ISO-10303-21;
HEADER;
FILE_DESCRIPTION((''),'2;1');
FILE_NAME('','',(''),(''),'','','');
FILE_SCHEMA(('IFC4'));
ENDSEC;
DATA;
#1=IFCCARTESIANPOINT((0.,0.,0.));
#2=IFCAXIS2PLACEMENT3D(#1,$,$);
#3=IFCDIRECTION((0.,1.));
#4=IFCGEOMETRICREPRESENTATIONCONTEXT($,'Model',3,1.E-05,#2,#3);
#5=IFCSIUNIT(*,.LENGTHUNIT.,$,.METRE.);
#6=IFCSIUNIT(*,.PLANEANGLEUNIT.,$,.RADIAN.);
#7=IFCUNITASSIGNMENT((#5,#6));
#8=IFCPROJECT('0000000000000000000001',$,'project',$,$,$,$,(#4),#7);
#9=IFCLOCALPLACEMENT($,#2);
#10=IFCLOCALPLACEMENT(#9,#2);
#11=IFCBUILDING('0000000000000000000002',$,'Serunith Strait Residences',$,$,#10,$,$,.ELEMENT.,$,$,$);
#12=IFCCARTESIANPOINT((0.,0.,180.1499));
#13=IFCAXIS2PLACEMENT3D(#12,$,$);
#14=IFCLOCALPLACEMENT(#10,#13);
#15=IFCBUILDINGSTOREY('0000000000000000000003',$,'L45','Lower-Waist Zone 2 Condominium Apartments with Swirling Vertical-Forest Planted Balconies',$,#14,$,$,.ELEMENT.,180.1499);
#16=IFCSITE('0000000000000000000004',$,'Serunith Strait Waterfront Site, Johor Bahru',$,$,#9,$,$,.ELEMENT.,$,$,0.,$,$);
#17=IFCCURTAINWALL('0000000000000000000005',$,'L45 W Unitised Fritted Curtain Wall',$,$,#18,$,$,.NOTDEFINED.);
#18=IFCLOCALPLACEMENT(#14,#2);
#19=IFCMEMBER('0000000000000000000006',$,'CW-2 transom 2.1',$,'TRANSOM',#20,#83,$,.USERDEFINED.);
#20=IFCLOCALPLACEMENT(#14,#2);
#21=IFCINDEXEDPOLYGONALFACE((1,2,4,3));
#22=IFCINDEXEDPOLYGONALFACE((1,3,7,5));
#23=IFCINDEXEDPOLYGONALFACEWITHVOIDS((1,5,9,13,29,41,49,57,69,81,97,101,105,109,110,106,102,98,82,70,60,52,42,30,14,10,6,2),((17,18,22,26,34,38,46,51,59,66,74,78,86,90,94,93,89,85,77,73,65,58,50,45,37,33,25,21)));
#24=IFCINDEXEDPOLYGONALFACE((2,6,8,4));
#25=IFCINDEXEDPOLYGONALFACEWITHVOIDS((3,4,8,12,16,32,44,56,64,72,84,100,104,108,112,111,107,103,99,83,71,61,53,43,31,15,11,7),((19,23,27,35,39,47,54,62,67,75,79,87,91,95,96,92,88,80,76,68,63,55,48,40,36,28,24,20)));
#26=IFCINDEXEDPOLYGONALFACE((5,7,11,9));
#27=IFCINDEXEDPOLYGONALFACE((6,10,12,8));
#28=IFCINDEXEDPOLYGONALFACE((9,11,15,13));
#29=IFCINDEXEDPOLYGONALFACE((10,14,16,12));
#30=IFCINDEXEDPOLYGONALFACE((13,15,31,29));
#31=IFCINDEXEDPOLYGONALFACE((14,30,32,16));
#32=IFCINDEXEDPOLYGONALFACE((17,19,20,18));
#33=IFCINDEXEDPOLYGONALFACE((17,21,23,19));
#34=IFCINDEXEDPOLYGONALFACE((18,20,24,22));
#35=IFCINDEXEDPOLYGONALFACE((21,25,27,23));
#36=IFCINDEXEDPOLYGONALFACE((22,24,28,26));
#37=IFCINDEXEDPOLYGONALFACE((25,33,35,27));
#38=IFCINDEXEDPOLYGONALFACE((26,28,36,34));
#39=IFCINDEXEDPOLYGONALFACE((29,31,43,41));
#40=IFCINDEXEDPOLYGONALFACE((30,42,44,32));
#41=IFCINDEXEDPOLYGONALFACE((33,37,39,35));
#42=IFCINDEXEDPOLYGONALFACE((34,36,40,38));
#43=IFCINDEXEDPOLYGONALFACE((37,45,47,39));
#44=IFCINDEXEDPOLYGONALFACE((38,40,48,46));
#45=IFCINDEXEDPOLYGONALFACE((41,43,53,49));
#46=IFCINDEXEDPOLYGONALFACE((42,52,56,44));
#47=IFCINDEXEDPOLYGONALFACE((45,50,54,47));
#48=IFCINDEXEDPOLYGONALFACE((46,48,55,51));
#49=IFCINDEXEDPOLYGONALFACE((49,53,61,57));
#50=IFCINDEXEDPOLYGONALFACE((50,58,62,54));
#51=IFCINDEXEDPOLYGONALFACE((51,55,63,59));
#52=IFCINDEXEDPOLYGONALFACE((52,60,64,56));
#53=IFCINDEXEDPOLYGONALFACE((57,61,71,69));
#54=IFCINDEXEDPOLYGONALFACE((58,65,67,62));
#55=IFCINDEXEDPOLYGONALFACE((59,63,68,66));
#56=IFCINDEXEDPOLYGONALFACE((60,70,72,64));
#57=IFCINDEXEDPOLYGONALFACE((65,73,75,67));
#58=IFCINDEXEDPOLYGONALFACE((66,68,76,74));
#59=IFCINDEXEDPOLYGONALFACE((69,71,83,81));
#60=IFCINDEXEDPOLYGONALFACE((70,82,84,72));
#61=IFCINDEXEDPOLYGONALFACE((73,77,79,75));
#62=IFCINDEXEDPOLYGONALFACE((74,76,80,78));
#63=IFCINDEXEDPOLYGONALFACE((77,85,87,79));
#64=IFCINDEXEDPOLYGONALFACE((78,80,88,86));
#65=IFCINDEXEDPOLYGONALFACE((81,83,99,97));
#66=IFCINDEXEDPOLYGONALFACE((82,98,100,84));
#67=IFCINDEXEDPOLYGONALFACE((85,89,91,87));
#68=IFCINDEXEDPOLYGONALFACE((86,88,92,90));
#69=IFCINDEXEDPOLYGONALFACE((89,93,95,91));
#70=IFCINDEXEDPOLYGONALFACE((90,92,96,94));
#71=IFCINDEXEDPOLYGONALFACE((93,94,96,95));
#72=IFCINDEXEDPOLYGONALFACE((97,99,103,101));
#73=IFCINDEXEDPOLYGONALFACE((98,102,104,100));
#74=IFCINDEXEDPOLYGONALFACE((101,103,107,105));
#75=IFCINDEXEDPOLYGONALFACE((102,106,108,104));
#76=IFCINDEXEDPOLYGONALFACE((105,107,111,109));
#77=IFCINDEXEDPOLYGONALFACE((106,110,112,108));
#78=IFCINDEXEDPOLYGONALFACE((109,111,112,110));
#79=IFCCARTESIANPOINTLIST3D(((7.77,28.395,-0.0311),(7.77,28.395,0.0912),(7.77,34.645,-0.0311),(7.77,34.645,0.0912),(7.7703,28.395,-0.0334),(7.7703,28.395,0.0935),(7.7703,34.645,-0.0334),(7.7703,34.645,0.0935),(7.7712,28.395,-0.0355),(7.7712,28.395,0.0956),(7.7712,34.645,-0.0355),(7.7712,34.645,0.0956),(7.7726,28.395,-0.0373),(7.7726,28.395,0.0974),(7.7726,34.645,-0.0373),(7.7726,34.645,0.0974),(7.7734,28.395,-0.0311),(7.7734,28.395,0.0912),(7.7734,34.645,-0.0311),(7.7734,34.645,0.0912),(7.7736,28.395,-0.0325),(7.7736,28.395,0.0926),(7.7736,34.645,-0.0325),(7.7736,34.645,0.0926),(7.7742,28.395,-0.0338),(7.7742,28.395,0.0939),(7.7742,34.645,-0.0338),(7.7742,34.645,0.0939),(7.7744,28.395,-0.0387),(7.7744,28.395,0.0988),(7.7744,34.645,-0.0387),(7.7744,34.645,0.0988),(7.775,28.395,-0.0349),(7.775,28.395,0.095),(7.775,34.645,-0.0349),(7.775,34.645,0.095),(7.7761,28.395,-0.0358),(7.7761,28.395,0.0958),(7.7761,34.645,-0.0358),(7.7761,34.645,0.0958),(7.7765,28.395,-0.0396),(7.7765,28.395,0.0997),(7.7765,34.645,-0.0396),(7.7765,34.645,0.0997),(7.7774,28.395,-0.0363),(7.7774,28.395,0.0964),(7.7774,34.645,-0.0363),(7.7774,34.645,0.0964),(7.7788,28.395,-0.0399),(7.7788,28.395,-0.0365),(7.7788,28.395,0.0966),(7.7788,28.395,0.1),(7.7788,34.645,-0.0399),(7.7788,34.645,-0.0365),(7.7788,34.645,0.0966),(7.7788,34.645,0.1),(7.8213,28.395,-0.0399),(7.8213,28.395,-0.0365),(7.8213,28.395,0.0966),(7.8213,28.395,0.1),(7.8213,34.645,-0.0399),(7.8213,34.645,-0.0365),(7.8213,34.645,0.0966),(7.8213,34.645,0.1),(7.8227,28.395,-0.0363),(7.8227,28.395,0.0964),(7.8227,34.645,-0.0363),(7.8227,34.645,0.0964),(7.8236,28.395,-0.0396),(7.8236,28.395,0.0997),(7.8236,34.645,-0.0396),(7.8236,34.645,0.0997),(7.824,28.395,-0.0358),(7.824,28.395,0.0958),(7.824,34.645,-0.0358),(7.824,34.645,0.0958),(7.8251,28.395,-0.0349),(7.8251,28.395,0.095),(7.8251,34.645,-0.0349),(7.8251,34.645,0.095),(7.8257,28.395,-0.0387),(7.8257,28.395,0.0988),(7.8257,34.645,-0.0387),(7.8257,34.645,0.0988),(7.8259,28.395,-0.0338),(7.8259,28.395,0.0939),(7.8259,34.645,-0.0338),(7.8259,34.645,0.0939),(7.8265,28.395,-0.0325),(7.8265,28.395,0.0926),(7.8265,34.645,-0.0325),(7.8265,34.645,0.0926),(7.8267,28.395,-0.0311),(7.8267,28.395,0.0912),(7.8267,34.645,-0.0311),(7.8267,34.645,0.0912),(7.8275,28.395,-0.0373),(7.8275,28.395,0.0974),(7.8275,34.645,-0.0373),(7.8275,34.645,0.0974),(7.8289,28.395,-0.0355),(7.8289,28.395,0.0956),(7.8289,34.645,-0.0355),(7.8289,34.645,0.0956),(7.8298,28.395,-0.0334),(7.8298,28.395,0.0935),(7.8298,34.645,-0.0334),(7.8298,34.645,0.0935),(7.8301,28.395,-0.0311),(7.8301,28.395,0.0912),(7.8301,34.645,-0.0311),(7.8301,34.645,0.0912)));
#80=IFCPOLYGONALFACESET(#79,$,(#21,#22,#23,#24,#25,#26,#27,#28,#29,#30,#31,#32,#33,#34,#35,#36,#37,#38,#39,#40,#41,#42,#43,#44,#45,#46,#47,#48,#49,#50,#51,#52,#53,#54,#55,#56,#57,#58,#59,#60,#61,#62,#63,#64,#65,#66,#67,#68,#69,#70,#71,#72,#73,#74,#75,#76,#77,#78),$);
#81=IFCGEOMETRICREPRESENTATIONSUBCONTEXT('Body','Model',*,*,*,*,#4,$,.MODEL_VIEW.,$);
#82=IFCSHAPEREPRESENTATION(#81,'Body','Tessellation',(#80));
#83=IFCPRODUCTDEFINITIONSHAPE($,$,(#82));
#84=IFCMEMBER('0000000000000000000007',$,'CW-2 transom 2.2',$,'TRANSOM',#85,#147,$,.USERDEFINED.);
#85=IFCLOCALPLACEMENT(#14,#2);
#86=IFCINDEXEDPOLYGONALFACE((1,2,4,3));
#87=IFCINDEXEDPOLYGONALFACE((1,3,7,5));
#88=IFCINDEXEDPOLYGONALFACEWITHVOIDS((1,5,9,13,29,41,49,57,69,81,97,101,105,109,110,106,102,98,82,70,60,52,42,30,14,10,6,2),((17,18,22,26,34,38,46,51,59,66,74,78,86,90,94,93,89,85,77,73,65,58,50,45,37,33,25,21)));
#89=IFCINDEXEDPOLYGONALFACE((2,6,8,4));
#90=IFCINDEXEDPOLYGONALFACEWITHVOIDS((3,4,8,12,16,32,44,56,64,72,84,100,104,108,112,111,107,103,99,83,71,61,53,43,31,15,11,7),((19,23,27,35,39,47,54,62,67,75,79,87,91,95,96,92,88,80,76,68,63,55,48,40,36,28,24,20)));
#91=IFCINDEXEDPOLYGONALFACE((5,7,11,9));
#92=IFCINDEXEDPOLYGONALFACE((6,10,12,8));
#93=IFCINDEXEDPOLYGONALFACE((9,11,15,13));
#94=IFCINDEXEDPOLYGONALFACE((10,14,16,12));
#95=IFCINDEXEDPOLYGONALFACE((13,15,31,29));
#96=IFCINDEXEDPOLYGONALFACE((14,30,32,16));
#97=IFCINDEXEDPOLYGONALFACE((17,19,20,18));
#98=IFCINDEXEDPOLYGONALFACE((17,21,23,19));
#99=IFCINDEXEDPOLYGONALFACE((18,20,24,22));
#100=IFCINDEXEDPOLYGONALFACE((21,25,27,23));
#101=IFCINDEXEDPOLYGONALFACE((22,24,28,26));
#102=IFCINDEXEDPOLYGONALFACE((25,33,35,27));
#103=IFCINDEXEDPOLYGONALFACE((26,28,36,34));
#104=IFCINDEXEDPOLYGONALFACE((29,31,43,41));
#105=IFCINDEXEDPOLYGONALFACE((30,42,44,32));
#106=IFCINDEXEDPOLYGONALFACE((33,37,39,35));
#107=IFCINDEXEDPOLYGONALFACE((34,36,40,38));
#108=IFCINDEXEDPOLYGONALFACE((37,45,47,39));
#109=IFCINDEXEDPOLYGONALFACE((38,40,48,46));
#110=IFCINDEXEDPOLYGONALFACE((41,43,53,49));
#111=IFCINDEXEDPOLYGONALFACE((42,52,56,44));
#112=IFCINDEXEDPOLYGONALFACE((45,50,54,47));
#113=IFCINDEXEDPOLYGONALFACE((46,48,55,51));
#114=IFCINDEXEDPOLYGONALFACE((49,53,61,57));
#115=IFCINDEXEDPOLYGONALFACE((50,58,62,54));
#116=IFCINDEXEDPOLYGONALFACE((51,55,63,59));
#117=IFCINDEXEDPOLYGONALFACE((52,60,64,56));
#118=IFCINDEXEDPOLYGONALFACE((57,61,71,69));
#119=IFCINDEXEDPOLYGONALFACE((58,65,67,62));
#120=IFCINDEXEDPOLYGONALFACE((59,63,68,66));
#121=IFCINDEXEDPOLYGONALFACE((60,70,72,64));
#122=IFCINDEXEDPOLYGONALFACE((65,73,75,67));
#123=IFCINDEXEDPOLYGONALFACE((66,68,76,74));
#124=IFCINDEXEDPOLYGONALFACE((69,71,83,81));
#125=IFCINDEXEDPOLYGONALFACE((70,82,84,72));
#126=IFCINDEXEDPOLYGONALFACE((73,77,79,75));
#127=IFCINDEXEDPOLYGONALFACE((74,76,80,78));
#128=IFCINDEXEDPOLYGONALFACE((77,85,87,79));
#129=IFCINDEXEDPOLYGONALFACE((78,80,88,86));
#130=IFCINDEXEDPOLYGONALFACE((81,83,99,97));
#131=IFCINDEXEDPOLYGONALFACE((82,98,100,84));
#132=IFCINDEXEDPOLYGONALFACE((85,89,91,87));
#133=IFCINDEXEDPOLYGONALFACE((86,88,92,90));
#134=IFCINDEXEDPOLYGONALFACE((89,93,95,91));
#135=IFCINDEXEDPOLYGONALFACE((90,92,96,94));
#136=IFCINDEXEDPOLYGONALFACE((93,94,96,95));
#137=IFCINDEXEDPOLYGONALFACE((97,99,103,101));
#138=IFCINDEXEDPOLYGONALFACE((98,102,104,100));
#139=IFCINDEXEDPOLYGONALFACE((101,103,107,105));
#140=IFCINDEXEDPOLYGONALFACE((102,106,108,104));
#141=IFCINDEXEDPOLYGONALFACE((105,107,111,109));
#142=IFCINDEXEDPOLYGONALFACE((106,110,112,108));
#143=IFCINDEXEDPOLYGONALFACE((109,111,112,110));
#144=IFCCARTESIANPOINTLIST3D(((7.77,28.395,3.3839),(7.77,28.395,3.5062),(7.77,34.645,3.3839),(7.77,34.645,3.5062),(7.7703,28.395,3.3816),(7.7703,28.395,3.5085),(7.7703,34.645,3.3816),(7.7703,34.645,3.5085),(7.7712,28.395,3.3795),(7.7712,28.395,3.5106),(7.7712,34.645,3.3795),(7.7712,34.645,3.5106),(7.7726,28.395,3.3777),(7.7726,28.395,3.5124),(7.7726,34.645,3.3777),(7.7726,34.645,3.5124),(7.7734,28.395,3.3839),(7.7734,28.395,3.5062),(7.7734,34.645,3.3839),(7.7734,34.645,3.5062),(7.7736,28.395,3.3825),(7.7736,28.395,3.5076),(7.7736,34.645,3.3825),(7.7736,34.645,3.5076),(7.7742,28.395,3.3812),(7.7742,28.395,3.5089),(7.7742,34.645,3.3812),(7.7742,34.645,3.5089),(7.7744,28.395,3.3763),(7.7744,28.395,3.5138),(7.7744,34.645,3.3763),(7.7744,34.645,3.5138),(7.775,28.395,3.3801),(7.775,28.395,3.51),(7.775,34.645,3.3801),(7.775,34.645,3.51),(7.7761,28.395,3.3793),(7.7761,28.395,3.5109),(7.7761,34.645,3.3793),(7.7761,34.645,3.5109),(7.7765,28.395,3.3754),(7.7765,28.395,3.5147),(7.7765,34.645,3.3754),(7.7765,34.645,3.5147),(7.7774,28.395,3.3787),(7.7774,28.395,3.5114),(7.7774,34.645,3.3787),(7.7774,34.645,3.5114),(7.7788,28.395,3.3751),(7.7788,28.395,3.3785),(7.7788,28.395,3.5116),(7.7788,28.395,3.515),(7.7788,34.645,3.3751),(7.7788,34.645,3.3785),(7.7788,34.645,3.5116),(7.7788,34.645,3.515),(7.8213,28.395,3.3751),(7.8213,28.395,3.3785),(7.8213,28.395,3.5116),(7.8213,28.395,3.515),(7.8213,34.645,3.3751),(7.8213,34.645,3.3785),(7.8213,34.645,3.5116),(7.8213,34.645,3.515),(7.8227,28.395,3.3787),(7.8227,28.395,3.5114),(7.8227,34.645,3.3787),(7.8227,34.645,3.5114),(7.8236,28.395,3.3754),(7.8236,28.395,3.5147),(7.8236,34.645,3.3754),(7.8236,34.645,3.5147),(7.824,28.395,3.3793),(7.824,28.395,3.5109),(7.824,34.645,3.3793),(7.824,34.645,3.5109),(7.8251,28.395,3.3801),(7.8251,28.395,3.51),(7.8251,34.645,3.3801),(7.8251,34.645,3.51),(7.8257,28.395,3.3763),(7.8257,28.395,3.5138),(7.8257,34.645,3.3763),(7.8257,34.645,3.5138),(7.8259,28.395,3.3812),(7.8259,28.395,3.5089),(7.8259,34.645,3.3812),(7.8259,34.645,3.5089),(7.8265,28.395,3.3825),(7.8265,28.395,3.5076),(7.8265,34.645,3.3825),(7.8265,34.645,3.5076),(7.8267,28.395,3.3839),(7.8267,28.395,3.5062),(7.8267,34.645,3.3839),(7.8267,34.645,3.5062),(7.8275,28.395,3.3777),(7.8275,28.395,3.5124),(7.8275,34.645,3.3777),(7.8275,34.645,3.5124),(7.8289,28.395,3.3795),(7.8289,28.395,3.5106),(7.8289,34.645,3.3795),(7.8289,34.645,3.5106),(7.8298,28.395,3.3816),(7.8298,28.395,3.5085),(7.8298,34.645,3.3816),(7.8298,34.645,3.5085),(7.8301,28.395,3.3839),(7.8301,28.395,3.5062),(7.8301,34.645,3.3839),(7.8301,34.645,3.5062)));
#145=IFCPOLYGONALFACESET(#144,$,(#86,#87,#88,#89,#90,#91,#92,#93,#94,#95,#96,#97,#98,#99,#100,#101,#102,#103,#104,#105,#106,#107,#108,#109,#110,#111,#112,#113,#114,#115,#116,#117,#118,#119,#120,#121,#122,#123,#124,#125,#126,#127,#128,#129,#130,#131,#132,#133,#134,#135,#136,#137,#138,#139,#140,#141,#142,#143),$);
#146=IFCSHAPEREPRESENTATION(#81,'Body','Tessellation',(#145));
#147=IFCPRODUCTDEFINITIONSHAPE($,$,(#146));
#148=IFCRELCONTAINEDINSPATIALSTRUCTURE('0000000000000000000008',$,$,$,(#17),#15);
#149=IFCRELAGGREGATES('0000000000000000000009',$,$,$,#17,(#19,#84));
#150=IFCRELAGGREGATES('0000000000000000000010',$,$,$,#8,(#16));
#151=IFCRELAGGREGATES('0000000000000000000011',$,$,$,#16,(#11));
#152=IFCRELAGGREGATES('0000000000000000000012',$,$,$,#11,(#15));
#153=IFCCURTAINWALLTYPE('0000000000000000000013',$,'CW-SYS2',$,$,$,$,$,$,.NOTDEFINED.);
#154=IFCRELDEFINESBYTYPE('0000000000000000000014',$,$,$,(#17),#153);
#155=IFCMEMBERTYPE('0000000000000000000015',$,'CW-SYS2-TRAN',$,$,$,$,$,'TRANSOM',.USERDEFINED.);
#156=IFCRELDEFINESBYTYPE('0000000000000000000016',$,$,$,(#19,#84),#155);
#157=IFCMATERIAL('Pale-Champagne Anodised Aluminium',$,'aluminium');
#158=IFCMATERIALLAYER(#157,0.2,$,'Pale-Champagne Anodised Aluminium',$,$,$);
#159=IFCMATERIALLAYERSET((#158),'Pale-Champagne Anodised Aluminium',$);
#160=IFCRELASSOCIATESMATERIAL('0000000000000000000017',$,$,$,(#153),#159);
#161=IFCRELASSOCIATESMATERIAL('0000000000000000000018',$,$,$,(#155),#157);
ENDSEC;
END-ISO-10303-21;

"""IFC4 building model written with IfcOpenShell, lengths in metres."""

from ifc_helpers import new_model, si_unit, direction, frame, origin, origin_2d, place, context, subcontext, project, spatial, hollow_rectangle, extrude, source, transform, mapped, material, layer, layer_set, material_profile, profile_set, type_object, element, aggregate, save


model = new_model("IFC4")

# Units and contexts
model_context = context("Model", 3, precision=1e-05, world=origin(), true_north=direction((0.0, 1.0)))
body_context = subcontext(model_context, "Body", "Model", "MODEL_VIEW")
ifc_project = project(units=[si_unit("LENGTHUNIT", "METRE"), si_unit("PLANEANGLEUNIT", "RADIAN")], contexts=[model_context])

# Site, building, storey
site_placement = place(None, origin())
site = spatial("IfcSite", under=ifc_project, at=site_placement, Name="Serunith Strait Waterfront Site, Johor Bahru", CompositionType="ELEMENT", RefElevation=0.0)
building_placement = place(site_placement, origin())
building = spatial("IfcBuilding", under=site, at=building_placement, Name="Serunith Strait Residences", CompositionType="ELEMENT")
storey_placement = place(building_placement, frame((0.0, 0.0, 180.1499)))
storey = spatial("IfcBuildingStorey", under=building, at=storey_placement, Name="L45", Description="Lower-Waist Zone 2 Condominium Apartments with Swirling Vertical-Forest Planted Balconies", CompositionType="ELEMENT", Elevation=180.1499)

# Curtain wall, members
ifc_material_1 = material(Name="Pale-Champagne Anodised Aluminium", Category="aluminium")
ifc_layer_1 = layer(ifc_material_1, 0.2, Name="Pale-Champagne Anodised Aluminium")
ifc_layer_set_1 = layer_set([ifc_layer_1], Name="Pale-Champagne Anodised Aluminium")
curtain_wall_type = type_object("IfcCurtainWallType", Name="CW-SYS2", PredefinedType="NOTDEFINED", material=ifc_layer_set_1)
curtain_wall_placement = place(storey_placement, origin())
curtain_wall = element("IfcCurtainWall", 1, at=curtain_wall_placement, inside=storey, type_object=curtain_wall_type, Name="L45 W Unitised Fritted Curtain Wall", PredefinedType="NOTDEFINED")
ifc_material_profile_1 = material_profile(ifc_material_1, hollow_rectangle(XDim=0.0601, YDim=0.1399, WallThickness=0.0034, InnerFilletRadius=0.0054, OuterFilletRadius=0.0088, at=origin_2d()), Name="ALU 140x60x3.5")
ifc_profile_set_1 = profile_set([ifc_material_profile_1], Name="Pale-Champagne Anodised Aluminium")
member_type_1 = type_object("IfcMemberType", Name="CW-SYS2-TRAN", ElementType="TRANSOM", PredefinedType="USERDEFINED", material=ifc_profile_set_1)
shared_shape_1 = source(origin(), body_context, "Body", "SweptSolid", [
    extrude(hollow_rectangle(XDim=0.0601, YDim=0.1399, WallThickness=0.0034, InnerFilletRadius=0.0054, OuterFilletRadius=0.0088, at=origin_2d()), origin(), (0.0, 0.0, 1.0), 6.25),
])
member_1_placement = place(storey_placement, frame((7.8, 34.645, 0.03), z_axis=(0.0, -1.0, 0.0), x_axis=(1.0, 0.0, 0.0)))
member_1 = element("IfcMember", 2, at=member_1_placement, type_object=member_type_1, Name="CW-2 transom 2.1", ObjectType="TRANSOM", PredefinedType="USERDEFINED", context=body_context, shape_type="MappedRepresentation", body=[
    mapped(shared_shape_1, transform((0.0, 0.0, 0.0), scale=1.0)),
])
member_2_placement = place(storey_placement, frame((7.8, 34.645, 3.4451), z_axis=(0.0, -1.0, 0.0), x_axis=(1.0, 0.0, 0.0)))
member_2 = element("IfcMember", 3, at=member_2_placement, type_object=member_type_1, Name="CW-2 transom 2.2", ObjectType="TRANSOM", PredefinedType="USERDEFINED", context=body_context, shape_type="MappedRepresentation", body=[
    mapped(shared_shape_1, transform((0.0, 0.0, 0.0), scale=1.0)),
])
aggregate(curtain_wall, [member_1, member_2])

save(model, "model.ifc")
